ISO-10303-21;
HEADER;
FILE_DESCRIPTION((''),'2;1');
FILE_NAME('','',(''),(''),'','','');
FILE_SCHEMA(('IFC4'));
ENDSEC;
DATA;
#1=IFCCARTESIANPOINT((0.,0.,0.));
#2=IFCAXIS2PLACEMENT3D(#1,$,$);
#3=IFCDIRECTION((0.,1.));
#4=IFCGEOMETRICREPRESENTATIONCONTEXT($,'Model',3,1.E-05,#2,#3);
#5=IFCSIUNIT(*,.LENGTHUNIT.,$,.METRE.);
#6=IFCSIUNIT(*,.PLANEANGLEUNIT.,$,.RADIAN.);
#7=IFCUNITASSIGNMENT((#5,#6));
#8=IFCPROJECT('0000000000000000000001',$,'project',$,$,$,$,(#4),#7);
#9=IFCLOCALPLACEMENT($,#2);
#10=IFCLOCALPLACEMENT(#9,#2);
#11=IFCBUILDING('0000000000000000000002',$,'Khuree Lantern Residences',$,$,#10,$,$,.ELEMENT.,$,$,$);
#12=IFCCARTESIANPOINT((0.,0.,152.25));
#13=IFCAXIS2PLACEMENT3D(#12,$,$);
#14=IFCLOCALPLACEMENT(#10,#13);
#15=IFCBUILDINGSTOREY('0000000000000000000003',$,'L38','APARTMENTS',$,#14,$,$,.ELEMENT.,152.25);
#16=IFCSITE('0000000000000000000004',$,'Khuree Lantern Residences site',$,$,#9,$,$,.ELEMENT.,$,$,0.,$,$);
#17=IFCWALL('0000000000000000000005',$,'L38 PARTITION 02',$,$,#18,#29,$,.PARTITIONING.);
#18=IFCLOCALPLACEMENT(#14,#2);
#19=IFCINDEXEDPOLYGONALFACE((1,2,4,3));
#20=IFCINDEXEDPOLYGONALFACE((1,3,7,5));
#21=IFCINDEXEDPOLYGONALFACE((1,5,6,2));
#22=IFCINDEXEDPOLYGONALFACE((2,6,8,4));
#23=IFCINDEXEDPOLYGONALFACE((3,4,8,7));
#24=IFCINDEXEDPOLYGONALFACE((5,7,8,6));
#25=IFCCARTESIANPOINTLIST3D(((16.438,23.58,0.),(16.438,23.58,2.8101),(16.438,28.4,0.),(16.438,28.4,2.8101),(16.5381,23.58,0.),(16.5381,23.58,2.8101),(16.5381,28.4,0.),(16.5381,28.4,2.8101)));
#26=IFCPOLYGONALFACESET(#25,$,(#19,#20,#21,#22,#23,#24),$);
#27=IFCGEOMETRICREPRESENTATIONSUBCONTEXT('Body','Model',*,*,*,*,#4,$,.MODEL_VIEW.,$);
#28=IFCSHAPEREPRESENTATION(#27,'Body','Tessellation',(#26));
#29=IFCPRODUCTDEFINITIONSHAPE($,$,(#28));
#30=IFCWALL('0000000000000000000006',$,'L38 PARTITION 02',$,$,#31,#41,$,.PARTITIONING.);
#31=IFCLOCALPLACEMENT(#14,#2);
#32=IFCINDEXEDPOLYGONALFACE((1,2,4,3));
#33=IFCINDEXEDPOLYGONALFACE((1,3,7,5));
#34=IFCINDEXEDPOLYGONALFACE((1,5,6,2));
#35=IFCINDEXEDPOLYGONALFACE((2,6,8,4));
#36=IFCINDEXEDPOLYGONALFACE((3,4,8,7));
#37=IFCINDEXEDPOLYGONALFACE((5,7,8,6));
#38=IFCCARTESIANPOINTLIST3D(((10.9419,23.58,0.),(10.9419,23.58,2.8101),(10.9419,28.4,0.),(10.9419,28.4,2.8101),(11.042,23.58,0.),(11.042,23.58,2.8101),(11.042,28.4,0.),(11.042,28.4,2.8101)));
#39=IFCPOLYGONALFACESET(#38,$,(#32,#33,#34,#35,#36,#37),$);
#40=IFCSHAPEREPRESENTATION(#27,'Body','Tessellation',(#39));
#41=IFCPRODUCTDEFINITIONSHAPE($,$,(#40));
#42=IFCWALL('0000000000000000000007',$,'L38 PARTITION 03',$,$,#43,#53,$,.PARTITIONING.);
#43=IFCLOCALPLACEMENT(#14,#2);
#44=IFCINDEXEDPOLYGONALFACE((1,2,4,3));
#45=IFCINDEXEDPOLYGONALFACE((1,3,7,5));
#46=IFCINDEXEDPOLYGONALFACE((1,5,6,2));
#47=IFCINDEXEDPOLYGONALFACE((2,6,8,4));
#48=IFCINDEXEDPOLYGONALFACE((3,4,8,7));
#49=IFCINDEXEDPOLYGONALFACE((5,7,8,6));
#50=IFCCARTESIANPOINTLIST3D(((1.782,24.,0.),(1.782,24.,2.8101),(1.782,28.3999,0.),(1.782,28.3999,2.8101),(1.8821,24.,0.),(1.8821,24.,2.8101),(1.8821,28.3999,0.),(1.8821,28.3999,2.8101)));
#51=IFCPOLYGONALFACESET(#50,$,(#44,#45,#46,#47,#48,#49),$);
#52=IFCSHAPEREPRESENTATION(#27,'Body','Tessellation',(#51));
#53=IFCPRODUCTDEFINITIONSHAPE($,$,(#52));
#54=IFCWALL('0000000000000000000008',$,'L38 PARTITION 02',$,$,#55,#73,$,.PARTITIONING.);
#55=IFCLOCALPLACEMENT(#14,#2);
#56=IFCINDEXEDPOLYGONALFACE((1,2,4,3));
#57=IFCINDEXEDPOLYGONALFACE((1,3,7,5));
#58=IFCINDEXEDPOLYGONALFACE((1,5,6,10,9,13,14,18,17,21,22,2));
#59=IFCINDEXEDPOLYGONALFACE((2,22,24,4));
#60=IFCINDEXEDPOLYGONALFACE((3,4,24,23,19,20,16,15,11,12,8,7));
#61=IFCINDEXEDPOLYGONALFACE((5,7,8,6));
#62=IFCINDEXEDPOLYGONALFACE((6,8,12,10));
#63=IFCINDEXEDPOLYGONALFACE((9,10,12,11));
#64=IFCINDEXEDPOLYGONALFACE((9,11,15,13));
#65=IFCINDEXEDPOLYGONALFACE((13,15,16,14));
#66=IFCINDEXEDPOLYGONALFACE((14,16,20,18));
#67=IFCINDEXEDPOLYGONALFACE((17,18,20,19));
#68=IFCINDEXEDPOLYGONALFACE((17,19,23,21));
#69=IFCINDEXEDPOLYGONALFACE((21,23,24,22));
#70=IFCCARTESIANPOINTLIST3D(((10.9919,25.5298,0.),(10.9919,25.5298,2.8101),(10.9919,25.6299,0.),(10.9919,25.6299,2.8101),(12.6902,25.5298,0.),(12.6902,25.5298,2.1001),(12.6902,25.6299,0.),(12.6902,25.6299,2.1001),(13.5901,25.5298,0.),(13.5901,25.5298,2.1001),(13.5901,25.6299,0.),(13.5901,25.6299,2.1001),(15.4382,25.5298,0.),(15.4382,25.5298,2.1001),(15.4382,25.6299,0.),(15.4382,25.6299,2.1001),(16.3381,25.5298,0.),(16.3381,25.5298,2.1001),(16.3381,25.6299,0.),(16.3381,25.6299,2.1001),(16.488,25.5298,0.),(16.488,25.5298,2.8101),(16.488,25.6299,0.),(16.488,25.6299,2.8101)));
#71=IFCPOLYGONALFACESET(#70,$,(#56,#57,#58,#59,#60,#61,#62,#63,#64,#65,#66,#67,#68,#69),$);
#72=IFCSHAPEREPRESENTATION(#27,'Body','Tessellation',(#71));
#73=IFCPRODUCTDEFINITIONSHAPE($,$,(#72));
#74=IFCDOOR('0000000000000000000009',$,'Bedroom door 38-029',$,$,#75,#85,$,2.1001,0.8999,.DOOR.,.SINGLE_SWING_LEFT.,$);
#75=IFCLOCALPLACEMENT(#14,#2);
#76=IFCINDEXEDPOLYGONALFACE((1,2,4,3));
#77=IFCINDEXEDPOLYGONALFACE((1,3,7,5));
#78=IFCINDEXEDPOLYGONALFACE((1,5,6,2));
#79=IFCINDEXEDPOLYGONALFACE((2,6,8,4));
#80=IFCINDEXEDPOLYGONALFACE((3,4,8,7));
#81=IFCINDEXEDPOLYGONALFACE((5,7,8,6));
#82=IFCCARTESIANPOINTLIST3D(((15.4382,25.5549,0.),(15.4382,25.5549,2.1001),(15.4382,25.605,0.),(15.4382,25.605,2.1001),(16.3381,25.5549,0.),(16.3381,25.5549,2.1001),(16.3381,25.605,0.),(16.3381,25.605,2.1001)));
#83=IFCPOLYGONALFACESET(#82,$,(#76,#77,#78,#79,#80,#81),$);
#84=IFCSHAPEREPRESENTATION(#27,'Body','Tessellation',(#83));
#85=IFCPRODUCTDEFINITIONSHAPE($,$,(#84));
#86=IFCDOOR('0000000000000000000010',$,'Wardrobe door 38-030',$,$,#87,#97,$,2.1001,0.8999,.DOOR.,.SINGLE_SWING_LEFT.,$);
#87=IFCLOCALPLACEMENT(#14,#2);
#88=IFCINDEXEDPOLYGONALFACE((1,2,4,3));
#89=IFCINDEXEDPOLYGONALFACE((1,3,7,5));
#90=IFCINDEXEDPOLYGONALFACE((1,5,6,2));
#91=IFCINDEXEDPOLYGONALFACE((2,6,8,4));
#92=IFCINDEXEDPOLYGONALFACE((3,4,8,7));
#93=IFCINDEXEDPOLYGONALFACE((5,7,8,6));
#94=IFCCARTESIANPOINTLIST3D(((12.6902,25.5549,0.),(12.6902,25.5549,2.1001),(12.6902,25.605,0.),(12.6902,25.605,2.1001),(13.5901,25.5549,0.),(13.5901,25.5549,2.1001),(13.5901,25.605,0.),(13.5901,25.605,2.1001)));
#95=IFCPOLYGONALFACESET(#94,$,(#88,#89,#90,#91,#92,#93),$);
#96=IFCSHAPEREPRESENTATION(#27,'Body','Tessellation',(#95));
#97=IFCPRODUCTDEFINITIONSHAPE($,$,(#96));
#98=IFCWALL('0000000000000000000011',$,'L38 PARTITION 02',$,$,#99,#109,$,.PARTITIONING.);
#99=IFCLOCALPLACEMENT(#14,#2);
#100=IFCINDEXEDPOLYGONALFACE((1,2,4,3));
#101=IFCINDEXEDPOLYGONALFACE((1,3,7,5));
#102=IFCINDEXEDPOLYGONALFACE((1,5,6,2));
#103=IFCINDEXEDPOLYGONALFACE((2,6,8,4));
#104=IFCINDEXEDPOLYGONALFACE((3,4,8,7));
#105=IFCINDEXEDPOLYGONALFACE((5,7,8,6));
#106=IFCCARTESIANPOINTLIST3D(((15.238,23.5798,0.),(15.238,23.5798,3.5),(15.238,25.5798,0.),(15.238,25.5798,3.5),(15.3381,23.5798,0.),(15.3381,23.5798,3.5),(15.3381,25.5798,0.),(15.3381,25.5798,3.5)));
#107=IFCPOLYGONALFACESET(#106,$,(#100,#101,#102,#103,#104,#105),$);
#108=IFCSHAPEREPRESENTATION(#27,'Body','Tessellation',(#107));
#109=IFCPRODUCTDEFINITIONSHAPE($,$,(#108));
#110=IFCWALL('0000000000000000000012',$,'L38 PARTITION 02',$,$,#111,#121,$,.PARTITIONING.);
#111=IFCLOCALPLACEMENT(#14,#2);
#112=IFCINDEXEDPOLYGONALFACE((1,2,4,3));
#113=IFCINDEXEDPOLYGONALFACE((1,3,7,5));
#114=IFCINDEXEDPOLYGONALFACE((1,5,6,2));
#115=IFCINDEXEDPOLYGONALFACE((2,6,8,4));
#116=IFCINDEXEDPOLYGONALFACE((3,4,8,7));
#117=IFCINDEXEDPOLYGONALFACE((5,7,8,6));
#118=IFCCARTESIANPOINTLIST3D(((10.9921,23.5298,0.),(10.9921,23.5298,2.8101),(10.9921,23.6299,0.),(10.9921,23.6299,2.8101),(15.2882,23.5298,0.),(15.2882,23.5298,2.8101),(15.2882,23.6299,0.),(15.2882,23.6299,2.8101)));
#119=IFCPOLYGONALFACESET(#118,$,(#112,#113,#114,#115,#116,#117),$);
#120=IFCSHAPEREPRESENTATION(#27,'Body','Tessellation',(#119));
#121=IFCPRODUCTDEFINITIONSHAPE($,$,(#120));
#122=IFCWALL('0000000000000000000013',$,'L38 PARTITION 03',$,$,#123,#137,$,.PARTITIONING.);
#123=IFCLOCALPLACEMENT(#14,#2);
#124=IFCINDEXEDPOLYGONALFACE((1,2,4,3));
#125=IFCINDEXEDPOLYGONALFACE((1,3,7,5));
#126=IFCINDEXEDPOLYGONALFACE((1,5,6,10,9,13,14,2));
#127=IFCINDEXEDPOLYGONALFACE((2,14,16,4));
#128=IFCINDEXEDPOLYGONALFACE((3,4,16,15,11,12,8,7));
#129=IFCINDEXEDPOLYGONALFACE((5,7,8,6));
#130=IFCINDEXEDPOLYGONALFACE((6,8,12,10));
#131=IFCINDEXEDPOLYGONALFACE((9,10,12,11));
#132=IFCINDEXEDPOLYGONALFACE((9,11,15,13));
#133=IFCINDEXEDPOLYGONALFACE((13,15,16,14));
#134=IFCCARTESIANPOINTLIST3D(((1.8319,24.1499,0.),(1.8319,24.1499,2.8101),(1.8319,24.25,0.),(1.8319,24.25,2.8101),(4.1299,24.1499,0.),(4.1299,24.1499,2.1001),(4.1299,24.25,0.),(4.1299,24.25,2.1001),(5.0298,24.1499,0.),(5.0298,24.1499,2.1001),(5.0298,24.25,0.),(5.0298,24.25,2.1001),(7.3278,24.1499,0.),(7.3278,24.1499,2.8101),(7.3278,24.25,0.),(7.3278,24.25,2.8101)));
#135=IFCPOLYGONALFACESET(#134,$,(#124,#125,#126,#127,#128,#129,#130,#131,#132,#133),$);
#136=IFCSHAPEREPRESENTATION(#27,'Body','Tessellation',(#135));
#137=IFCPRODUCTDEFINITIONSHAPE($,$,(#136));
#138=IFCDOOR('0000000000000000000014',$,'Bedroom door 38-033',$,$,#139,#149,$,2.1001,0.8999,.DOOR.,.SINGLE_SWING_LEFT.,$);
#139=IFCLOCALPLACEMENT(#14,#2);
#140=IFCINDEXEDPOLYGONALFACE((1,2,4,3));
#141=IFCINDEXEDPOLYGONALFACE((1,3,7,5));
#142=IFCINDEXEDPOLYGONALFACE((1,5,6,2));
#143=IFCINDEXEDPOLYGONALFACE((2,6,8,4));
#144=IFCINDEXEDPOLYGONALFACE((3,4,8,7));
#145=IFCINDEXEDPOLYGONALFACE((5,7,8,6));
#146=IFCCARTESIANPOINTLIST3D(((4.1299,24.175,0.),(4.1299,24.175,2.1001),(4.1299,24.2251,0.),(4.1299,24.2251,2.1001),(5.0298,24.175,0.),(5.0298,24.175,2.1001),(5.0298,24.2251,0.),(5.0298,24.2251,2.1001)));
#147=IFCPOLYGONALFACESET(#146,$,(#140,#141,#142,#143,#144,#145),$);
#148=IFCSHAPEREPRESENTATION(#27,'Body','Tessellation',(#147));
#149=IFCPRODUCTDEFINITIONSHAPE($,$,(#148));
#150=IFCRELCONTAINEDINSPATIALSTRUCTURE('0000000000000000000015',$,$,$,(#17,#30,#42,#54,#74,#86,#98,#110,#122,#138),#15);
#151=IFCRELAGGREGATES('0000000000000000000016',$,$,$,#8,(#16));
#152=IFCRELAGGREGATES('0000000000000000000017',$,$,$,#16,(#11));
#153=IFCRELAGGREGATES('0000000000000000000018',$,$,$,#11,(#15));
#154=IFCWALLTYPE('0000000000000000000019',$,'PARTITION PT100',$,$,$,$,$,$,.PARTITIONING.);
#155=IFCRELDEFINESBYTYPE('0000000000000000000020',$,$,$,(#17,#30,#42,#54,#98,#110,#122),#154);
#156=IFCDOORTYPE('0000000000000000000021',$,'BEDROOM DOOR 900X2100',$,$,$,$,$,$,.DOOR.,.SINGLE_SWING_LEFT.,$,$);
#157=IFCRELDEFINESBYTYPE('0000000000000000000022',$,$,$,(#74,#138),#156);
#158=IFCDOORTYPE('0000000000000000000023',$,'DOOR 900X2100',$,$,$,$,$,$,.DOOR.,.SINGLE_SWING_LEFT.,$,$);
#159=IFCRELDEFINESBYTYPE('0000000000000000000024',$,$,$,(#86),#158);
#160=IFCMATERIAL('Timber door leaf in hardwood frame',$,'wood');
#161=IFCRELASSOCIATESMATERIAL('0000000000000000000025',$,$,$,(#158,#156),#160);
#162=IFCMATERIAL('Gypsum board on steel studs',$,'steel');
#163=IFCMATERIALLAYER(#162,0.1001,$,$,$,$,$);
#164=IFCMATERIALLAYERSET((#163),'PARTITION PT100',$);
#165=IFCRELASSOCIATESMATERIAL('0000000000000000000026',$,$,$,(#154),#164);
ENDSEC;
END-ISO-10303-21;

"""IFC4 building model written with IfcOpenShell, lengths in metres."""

from ifc_helpers import new_model, si_unit, direction, frame, frame_2d, origin, place, context, subcontext, project, spatial, rectangle, extrude, material, layer, layer_set, type_object, element, fill, save


model = new_model("IFC4")

# Units and contexts
model_context = context("Model", 3, precision=1e-05, world=origin(), true_north=direction((0.0, 1.0)))
body_context = subcontext(model_context, "Body", "Model", "MODEL_VIEW")
ifc_project = project(units=[si_unit("LENGTHUNIT", "METRE"), si_unit("PLANEANGLEUNIT", "RADIAN")], contexts=[model_context])

# Site, building, storey
site_placement = place(None, origin())
site = spatial("IfcSite", under=ifc_project, at=site_placement, Name="Khuree Lantern Residences site", CompositionType="ELEMENT", RefElevation=0.0)
building_placement = place(site_placement, origin())
building = spatial("IfcBuilding", under=site, at=building_placement, Name="Khuree Lantern Residences", CompositionType="ELEMENT")
storey_placement = place(building_placement, frame((0.0, 0.0, 152.25)))
storey = spatial("IfcBuildingStorey", under=building, at=storey_placement, Name="L38", Description="APARTMENTS", CompositionType="ELEMENT", Elevation=152.25)

# Shared definitions
ifc_material_1 = material(Name="Timber door leaf in hardwood frame", Category="wood")
door_type_1 = type_object("IfcDoorType", Name="DOOR 900X2100", OperationType="SINGLE_SWING_LEFT", PredefinedType="DOOR", material=ifc_material_1)

# Walls
ifc_material_2 = material(Name="Gypsum board on steel studs", Category="steel")
ifc_layer_1 = layer(ifc_material_2, 0.1001)
ifc_layer_set_1 = layer_set([ifc_layer_1], Name="PARTITION PT100")
wall_type_1 = type_object("IfcWallType", Name="PARTITION PT100", PredefinedType="PARTITIONING", material=ifc_layer_set_1)
for number, where, z_axis, x_axis, name in (
    (1, (16.488, 23.5798, 0.0), (0.0, 0.0, 1.0), (0.0, 1.0, 0.0), "L38 PARTITION 02"),
    (2, (10.9919, 23.5798, 0.0), (0.0, 0.0, 1.0), (0.0, 1.0, 0.0), "L38 PARTITION 02"),
):
    element("IfcWall", number, at=place(storey_placement, frame(where, z_axis=z_axis, x_axis=x_axis)), inside=storey, type_object=wall_type_1, Name=name, PredefinedType="PARTITIONING", context=body_context, shape_type="SweptSolid", body=[
        extrude(rectangle(XDim=4.8201, YDim=0.1001, at=frame_2d((2.4102, 0.0))), origin(), (0.0, 0.0, 1.0), 2.8101),
    ])
wall_1_placement = place(storey_placement, frame((1.832, 24.0, 0.0), z_axis=(0.0, 0.0, 1.0), x_axis=(0.0, 1.0, 0.0)))
element("IfcWall", 3, at=wall_1_placement, inside=storey, type_object=wall_type_1, Name="L38 PARTITION 03", PredefinedType="PARTITIONING", context=body_context, shape_type="SweptSolid", body=[
    extrude(rectangle(XDim=4.3999, YDim=0.1001, at=frame_2d((2.2, 0.0))), origin(), (0.0, 0.0, 1.0), 2.8101),
])

# Wall, openings, doors
wall_2_placement = place(storey_placement, frame((16.488, 25.5798, 0.0), z_axis=(0.0, 0.0, 1.0), x_axis=(-1.0, 0.0, 0.0)))
wall_2 = element("IfcWall", 4, at=wall_2_placement, inside=storey, type_object=wall_type_1, Name="L38 PARTITION 02", PredefinedType="PARTITIONING", context=body_context, shape_type="SweptSolid", body=[
    extrude(rectangle(XDim=5.4961, YDim=0.1001, at=frame_2d((2.748, 0.0))), origin(), (0.0, 0.0, 1.0), 2.8101),
])
opening_1_placement = place(wall_2_placement, frame((0.1499, 0.0, 0.0)))
opening_1 = element("IfcOpeningElement", 5, at=opening_1_placement, cuts=wall_2, PredefinedType="OPENING", context=body_context, shape_type="SweptSolid", body=[
    extrude(rectangle(XDim=0.8999, YDim=2.1001, at=frame_2d((0.45, 1.05))), frame((0.0, 0.0601, 0.0), z_axis=(0.0, -1.0, 0.0), x_axis=(1.0, 0.0, 0.0)), (0.0, 0.0, 1.0), 0.1201),
])
opening_2_placement = place(wall_2_placement, frame((2.8979, 0.0, 0.0)))
opening_2 = element("IfcOpeningElement", 6, at=opening_2_placement, cuts=wall_2, PredefinedType="OPENING", context=body_context, shape_type="SweptSolid", body=[
    extrude(rectangle(XDim=0.8999, YDim=2.1001, at=frame_2d((0.45, 1.05))), frame((0.0, 0.0601, 0.0), z_axis=(0.0, -1.0, 0.0), x_axis=(1.0, 0.0, 0.0)), (0.0, 0.0, 1.0), 0.1201),
])
door_type_2 = type_object("IfcDoorType", Name="BEDROOM DOOR 900X2100", OperationType="SINGLE_SWING_LEFT", PredefinedType="DOOR", material=ifc_material_1)
door_1_placement = place(opening_1_placement, origin())
door_1 = element("IfcDoor", 7, at=door_1_placement, inside=storey, type_object=door_type_2, Name="Bedroom door 38-029", OperationType="SINGLE_SWING_LEFT", OverallHeight=2.1001, OverallWidth=0.8999, PredefinedType="DOOR", context=body_context, shape_type="SweptSolid", body=[
    extrude(rectangle(XDim=0.8999, YDim=2.1001, at=frame_2d((0.45, 1.05))), frame((0.0, 0.0249, 0.0), z_axis=(0.0, -1.0, 0.0), x_axis=(1.0, 0.0, 0.0)), (0.0, 0.0, 1.0), 0.05),
])
fill(opening_1, door_1)
door_2_placement = place(opening_2_placement, origin())
door_2 = element("IfcDoor", 8, at=door_2_placement, inside=storey, type_object=door_type_1, Name="Wardrobe door 38-030", OperationType="SINGLE_SWING_LEFT", OverallHeight=2.1001, OverallWidth=0.8999, PredefinedType="DOOR", context=body_context, shape_type="SweptSolid", body=[
    extrude(rectangle(XDim=0.8999, YDim=2.1001, at=frame_2d((0.45, 1.05))), frame((0.0, 0.0249, 0.0), z_axis=(0.0, -1.0, 0.0), x_axis=(1.0, 0.0, 0.0)), (0.0, 0.0, 1.0), 0.05),
])
fill(opening_2, door_2)

# Walls
wall_3_placement = place(storey_placement, frame((15.2881, 23.5798, 0.0), z_axis=(0.0, 0.0, 1.0), x_axis=(0.0, 1.0, 0.0)))
element("IfcWall", 9, at=wall_3_placement, inside=storey, type_object=wall_type_1, Name="L38 PARTITION 02", PredefinedType="PARTITIONING", context=body_context, shape_type="SweptSolid", body=[
    extrude(rectangle(XDim=2.0, YDim=0.1001, at=frame_2d((1.0, 0.0))), origin(), (0.0, 0.0, 1.0), 3.5),
])
wall_4_placement = place(storey_placement, frame((15.2881, 23.5798, 0.0), z_axis=(0.0, 0.0, 1.0), x_axis=(-1.0, 0.0, 0.0)))
element("IfcWall", 10, at=wall_4_placement, inside=storey, type_object=wall_type_1, Name="L38 PARTITION 02", PredefinedType="PARTITIONING", context=body_context, shape_type="SweptSolid", body=[
    extrude(rectangle(XDim=4.2961, YDim=0.1001, at=frame_2d((2.1479, 0.0))), origin(), (0.0, 0.0, 1.0), 2.8101),
])

# Wall, opening, door
wall_5_placement = place(storey_placement, frame((7.3279, 24.2, 0.0), z_axis=(0.0, 0.0, 1.0), x_axis=(-1.0, 0.0, 0.0)))
wall_5 = element("IfcWall", 11, at=wall_5_placement, inside=storey, type_object=wall_type_1, Name="L38 PARTITION 03", PredefinedType="PARTITIONING", context=body_context, shape_type="SweptSolid", body=[
    extrude(rectangle(XDim=5.4958, YDim=0.1001, at=frame_2d((2.748, 0.0))), origin(), (0.0, 0.0, 1.0), 2.8101),
])
opening_3_placement = place(wall_5_placement, frame((2.2981, 0.0, 0.0)))
opening_3 = element("IfcOpeningElement", 12, at=opening_3_placement, cuts=wall_5, PredefinedType="OPENING", context=body_context, shape_type="SweptSolid", body=[
    extrude(rectangle(XDim=0.8999, YDim=2.1001, at=frame_2d((0.45, 1.05))), frame((0.0, 0.0601, 0.0), z_axis=(0.0, -1.0, 0.0), x_axis=(1.0, 0.0, 0.0)), (0.0, 0.0, 1.0), 0.1201),
])
door_3_placement = place(opening_3_placement, origin())
door_3 = element("IfcDoor", 13, at=door_3_placement, inside=storey, type_object=door_type_2, Name="Bedroom door 38-033", OperationType="SINGLE_SWING_LEFT", OverallHeight=2.1001, OverallWidth=0.8999, PredefinedType="DOOR", context=body_context, shape_type="SweptSolid", body=[
    extrude(rectangle(XDim=0.8999, YDim=2.1001, at=frame_2d((0.45, 1.05))), frame((0.0, 0.0249, 0.0), z_axis=(0.0, -1.0, 0.0), x_axis=(1.0, 0.0, 0.0)), (0.0, 0.0, 1.0), 0.05),
])
fill(opening_3, door_3)

save(model, "model.ifc")
